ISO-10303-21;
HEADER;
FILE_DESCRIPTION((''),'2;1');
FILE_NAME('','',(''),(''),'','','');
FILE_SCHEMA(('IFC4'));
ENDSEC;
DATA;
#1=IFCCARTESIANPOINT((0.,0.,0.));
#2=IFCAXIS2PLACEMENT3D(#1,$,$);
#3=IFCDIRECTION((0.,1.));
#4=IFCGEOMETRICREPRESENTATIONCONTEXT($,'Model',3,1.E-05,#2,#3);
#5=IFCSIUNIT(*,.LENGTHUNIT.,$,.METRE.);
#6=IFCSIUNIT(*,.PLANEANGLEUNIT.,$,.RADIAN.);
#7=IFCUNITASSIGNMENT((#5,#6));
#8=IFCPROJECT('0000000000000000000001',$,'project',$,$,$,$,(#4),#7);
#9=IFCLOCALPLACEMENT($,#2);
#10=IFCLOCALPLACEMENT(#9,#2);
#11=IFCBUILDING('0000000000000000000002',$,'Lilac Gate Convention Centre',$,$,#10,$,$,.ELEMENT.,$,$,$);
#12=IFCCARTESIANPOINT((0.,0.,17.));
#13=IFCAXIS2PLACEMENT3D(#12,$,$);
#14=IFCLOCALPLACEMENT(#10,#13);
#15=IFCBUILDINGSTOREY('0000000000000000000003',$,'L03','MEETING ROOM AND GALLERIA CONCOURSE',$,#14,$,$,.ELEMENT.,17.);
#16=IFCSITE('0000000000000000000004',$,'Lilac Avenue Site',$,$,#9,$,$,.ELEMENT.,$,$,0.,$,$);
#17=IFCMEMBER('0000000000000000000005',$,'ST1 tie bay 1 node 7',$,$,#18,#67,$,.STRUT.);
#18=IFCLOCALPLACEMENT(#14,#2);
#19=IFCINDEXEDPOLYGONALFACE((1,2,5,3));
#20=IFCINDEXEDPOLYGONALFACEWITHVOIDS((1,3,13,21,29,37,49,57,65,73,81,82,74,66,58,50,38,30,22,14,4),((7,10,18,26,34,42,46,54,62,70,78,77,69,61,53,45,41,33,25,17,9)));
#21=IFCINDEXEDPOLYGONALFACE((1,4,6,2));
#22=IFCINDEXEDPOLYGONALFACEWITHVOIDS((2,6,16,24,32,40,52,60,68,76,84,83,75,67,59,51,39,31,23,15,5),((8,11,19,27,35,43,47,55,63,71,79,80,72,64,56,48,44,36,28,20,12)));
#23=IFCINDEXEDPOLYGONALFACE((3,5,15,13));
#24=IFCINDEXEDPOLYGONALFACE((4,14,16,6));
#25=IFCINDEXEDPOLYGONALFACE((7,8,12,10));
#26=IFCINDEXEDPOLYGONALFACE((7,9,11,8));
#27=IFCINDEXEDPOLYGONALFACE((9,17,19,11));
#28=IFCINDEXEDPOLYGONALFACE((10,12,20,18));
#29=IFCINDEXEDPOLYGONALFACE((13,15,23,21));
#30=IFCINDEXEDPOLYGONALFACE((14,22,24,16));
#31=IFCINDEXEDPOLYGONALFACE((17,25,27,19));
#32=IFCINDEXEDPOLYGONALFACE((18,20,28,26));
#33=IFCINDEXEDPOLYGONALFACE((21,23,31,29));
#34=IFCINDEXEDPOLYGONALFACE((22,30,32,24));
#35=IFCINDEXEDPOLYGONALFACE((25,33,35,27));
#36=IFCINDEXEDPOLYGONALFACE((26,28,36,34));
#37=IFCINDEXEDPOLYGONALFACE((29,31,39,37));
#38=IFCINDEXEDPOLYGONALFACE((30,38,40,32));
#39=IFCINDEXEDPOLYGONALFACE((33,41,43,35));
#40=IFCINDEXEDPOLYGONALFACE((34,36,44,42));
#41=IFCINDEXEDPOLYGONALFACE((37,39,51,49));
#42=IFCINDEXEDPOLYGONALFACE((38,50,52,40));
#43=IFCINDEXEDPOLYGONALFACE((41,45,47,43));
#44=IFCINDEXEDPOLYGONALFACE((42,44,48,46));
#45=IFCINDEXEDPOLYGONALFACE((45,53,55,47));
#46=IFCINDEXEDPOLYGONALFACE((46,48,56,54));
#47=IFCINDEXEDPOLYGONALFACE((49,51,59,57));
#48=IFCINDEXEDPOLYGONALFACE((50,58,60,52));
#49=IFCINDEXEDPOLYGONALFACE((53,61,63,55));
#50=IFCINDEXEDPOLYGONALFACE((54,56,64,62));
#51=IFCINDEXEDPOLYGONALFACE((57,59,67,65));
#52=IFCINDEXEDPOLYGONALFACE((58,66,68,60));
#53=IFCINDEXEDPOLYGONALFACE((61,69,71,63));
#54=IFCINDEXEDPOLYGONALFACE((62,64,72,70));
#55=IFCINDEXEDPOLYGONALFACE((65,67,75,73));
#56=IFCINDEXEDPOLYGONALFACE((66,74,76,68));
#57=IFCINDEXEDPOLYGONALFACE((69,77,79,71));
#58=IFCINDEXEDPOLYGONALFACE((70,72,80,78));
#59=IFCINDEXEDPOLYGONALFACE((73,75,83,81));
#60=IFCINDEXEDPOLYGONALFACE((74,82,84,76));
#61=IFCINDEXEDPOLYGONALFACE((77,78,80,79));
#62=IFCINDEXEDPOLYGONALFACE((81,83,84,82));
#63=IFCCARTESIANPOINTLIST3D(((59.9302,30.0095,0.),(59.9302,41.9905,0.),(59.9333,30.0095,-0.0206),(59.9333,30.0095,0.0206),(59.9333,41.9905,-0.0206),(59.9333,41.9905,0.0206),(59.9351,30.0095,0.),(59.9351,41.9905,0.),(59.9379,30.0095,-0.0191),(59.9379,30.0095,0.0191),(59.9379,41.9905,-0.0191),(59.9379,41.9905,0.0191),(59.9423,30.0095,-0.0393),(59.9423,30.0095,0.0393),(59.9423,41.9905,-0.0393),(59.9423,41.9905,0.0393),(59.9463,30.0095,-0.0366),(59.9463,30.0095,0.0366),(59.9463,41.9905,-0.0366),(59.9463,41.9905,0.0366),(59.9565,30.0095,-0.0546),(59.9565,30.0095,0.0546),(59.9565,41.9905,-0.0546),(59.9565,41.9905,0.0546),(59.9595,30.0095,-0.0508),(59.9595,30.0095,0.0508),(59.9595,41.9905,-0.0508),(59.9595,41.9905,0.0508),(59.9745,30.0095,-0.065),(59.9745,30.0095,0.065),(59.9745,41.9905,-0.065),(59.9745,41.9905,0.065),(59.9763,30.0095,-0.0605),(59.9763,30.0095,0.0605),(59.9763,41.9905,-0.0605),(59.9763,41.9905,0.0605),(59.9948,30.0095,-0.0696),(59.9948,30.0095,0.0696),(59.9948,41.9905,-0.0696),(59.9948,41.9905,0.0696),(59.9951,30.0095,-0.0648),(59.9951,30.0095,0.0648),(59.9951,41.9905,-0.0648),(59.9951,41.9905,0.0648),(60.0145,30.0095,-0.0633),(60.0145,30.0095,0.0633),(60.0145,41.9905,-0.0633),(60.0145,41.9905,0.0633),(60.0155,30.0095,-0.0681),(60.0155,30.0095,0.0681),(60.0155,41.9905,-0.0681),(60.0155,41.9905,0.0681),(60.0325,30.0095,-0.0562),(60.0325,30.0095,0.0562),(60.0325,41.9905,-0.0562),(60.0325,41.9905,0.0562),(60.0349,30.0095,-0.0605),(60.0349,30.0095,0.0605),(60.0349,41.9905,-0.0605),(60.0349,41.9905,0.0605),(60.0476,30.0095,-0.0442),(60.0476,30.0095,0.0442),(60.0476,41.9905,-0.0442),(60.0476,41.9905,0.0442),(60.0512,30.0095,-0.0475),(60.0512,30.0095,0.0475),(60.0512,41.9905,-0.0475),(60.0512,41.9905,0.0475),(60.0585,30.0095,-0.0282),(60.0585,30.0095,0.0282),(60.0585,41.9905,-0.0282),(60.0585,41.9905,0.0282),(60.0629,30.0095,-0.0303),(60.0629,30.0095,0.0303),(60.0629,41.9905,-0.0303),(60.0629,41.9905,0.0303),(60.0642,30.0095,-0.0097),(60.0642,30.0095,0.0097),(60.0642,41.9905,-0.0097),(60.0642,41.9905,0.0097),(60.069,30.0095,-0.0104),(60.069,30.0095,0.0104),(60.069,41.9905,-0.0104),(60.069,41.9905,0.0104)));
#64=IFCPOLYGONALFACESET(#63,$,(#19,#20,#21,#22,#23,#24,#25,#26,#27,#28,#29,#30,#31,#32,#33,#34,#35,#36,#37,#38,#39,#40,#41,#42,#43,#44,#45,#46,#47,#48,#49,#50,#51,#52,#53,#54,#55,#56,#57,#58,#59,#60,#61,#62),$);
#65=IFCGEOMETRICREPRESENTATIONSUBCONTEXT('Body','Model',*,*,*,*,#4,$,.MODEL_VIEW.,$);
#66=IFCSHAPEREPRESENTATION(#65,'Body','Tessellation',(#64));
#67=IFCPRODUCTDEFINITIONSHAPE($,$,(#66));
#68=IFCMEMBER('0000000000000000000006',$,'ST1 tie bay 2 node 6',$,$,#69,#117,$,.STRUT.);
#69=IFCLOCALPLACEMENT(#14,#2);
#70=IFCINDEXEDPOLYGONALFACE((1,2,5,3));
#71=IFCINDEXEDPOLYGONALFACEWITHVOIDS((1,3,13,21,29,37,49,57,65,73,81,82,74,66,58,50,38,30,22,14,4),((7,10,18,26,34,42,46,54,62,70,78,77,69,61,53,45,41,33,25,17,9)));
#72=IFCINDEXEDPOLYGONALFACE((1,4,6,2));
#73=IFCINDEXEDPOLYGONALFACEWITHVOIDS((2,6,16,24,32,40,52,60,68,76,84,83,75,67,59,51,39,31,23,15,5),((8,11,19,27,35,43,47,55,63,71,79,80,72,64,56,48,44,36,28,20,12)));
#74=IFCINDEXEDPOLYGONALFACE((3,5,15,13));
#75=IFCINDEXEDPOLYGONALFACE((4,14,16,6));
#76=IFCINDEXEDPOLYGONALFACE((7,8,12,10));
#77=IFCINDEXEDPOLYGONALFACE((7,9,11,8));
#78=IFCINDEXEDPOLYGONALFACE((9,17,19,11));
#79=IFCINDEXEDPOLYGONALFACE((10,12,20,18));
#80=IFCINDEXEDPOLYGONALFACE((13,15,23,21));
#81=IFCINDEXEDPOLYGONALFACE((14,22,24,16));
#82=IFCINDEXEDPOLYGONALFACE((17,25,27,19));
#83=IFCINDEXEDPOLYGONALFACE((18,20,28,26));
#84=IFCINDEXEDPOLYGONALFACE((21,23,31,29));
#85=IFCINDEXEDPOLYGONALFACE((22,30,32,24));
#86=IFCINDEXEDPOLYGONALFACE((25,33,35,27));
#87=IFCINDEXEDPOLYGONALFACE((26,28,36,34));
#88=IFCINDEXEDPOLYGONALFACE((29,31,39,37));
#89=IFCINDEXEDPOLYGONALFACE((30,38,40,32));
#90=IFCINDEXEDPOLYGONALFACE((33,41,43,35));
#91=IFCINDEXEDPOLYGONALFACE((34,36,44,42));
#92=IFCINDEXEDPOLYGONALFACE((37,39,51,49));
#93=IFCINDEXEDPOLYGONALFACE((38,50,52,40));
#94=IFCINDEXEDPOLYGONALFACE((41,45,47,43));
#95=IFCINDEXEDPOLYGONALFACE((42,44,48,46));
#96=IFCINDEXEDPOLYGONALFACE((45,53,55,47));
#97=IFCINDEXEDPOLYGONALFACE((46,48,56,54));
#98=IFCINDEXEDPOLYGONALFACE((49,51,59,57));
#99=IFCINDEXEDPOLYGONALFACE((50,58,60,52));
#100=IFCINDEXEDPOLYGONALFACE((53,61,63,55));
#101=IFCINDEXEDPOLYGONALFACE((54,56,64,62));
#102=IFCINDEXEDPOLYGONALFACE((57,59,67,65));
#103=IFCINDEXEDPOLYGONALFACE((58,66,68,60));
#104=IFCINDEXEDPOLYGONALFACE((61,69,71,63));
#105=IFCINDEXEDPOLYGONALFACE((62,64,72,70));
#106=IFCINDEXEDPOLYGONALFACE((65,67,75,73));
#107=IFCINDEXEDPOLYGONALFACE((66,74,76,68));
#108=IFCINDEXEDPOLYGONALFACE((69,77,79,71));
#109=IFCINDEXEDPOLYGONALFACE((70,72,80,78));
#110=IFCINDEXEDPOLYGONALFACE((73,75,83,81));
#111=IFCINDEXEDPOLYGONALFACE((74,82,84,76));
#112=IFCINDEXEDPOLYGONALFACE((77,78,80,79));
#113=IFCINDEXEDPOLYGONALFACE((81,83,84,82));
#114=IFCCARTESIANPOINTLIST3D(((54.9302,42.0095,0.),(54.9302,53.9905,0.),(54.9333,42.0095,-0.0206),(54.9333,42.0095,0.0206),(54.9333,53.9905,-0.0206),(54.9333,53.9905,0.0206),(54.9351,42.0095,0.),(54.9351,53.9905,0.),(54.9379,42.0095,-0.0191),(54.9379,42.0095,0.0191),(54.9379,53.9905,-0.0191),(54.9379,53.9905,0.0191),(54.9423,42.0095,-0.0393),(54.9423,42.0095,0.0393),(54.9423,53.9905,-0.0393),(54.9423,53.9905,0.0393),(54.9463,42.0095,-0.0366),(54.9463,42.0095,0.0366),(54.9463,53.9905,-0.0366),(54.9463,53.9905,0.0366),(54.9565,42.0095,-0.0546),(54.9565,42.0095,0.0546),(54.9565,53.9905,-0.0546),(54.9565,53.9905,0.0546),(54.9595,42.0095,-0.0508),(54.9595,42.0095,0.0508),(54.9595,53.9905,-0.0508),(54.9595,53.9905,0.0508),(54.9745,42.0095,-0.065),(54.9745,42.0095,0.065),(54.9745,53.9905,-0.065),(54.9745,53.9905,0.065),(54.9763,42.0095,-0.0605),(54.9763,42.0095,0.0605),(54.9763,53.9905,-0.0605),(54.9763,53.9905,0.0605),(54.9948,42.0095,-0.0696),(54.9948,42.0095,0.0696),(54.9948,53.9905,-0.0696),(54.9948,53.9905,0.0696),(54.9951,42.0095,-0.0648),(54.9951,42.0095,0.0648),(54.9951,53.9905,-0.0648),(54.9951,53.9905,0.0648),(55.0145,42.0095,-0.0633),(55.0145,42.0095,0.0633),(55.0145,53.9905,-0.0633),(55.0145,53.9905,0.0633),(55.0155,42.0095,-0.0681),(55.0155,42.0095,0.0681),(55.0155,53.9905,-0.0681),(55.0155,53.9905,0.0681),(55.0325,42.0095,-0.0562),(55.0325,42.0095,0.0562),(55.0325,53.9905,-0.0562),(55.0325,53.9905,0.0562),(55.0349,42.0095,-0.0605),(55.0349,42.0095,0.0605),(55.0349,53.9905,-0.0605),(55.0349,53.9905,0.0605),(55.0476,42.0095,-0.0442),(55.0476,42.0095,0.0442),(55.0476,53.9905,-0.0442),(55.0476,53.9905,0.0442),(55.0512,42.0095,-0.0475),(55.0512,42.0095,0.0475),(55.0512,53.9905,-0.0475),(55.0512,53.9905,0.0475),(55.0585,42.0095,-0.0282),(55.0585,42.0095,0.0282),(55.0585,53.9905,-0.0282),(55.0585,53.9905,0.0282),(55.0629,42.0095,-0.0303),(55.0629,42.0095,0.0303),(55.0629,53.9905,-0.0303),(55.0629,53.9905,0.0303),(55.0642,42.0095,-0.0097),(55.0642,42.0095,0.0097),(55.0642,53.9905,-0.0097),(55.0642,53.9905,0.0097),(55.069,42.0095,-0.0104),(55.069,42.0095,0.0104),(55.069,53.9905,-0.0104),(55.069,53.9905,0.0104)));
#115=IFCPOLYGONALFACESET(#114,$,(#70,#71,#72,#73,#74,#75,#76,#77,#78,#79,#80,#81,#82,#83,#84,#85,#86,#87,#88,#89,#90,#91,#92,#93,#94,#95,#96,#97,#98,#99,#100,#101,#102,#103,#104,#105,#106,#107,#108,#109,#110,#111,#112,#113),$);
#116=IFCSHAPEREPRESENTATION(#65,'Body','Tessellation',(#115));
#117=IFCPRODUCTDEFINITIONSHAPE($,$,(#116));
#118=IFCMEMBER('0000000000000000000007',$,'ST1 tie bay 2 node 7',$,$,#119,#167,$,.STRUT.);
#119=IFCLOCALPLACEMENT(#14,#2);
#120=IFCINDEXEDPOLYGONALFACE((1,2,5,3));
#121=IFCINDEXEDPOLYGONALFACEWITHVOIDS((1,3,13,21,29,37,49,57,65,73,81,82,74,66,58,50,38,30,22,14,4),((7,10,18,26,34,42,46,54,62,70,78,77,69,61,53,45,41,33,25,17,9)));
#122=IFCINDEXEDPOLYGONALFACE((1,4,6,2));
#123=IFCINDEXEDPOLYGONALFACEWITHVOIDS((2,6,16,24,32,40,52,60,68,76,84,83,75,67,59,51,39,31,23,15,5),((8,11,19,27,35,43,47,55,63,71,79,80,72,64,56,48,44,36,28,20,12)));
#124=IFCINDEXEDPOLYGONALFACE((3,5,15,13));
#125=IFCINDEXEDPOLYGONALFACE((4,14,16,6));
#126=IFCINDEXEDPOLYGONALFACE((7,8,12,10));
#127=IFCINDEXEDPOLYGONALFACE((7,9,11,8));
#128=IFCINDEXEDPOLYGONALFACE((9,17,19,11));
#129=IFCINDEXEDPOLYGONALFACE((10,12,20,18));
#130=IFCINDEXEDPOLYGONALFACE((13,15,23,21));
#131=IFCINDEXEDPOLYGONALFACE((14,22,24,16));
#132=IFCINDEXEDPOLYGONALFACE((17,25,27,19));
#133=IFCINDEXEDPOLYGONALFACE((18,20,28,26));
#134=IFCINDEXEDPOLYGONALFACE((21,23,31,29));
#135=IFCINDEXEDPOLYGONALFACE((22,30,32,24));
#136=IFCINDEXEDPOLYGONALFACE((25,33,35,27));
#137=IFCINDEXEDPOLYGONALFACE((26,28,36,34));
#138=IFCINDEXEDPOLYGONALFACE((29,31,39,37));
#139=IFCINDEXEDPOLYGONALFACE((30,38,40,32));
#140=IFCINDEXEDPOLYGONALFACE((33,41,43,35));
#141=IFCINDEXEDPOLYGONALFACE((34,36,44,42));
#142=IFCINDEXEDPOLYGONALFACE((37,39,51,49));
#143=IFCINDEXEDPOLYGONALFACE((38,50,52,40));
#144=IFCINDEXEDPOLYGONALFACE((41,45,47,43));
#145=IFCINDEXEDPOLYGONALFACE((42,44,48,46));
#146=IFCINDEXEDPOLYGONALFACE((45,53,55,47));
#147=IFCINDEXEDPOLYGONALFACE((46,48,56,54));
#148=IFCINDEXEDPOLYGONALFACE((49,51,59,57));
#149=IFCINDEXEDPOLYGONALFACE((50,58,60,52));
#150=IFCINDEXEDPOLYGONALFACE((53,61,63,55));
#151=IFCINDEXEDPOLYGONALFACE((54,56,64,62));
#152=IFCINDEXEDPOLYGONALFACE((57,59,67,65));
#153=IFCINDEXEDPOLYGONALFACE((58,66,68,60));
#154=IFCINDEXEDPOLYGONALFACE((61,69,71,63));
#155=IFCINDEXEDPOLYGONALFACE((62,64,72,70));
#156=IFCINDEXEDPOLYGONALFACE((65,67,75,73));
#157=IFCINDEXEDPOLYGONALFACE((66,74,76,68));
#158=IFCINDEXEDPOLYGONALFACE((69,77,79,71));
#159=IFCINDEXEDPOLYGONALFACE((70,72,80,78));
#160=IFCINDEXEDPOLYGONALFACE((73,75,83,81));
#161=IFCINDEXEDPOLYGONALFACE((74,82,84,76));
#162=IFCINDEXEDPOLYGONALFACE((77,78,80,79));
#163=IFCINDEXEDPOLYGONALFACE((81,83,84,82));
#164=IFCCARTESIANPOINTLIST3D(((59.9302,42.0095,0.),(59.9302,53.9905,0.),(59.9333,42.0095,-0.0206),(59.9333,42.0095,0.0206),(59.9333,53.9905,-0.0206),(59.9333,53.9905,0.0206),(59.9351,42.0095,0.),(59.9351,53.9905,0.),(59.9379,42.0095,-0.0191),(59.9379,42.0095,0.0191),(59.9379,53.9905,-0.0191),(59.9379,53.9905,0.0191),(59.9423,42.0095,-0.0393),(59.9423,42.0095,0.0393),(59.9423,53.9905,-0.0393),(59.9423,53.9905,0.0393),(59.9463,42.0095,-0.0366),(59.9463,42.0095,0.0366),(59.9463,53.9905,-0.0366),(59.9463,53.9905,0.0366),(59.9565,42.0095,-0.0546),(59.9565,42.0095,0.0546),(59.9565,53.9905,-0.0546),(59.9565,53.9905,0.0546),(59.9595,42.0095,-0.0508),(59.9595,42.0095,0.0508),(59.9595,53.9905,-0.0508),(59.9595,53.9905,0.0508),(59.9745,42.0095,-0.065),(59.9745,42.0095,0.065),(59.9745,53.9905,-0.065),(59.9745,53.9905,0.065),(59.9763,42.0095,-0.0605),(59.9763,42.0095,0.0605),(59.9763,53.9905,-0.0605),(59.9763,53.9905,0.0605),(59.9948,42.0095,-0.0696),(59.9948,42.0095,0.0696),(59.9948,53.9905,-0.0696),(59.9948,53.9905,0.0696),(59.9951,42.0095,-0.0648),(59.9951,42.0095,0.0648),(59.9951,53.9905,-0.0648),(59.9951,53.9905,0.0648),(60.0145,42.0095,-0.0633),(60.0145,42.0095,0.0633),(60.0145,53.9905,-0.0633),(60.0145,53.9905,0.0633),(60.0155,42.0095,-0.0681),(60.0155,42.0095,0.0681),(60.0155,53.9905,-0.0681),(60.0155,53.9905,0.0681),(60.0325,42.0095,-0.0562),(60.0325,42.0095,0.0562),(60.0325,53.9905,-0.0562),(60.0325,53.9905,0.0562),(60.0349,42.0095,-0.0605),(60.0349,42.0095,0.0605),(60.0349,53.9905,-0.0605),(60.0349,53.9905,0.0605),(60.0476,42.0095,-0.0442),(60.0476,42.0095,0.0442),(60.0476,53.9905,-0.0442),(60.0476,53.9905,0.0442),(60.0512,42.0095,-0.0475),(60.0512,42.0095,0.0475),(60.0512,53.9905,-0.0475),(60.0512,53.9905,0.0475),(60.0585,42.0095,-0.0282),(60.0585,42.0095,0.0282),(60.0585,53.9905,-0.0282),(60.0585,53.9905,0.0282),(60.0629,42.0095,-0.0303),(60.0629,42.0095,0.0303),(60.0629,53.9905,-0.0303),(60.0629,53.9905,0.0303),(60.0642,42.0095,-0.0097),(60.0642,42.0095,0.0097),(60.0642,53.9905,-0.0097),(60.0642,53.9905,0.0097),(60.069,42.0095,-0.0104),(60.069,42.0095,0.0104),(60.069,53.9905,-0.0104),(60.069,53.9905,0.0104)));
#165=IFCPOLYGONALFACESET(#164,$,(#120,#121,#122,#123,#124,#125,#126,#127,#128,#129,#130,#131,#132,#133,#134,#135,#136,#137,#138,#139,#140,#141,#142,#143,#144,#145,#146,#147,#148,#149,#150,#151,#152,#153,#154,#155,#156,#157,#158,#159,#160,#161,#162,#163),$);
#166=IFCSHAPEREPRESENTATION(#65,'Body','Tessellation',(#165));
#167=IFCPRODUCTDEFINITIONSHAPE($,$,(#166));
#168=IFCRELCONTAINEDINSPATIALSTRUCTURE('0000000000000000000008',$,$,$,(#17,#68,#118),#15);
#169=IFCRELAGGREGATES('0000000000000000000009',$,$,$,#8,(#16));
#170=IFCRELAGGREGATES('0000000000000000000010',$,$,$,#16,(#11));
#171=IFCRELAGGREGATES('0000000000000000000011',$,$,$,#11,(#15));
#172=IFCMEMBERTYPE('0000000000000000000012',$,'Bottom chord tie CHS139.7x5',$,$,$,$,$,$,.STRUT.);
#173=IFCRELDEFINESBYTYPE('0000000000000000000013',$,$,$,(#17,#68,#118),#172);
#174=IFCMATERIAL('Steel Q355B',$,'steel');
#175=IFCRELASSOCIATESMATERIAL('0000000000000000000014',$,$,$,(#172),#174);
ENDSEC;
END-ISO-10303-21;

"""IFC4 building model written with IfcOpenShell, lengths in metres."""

from ifc_helpers import new_model, si_unit, direction, frame, origin, origin_2d, place, context, subcontext, project, spatial, hollow_circle, extrude, material, material_profile, profile_set, type_object, element, save


model = new_model("IFC4")

# Units and contexts
model_context = context("Model", 3, precision=1e-05, world=origin(), true_north=direction((0.0, 1.0)))
body_context = subcontext(model_context, "Body", "Model", "MODEL_VIEW")
ifc_project = project(units=[si_unit("LENGTHUNIT", "METRE"), si_unit("PLANEANGLEUNIT", "RADIAN")], contexts=[model_context])

# Site, building, storey
site_placement = place(None, origin())
site = spatial("IfcSite", under=ifc_project, at=site_placement, Name="Lilac Avenue Site", CompositionType="ELEMENT", RefElevation=0.0)
building_placement = place(site_placement, origin())
building = spatial("IfcBuilding", under=site, at=building_placement, Name="Lilac Gate Convention Centre", CompositionType="ELEMENT")
storey_placement = place(building_placement, frame((0.0, 0.0, 17.0)))
storey = spatial("IfcBuildingStorey", under=building, at=storey_placement, Name="L03", Description="MEETING ROOM AND GALLERIA CONCOURSE", CompositionType="ELEMENT", Elevation=17.0)

# Members
ifc_material = material(Name="Steel Q355B", Category="steel")
ifc_material_profile_1 = material_profile(ifc_material, hollow_circle(Radius=0.0698, WallThickness=0.0049, at=origin_2d()), Name="CHS139.7x5")
ifc_profile_set_1 = profile_set([ifc_material_profile_1], Name="Steel Q355B")
member_type_1 = type_object("IfcMemberType", Name="Bottom chord tie CHS139.7x5", PredefinedType="STRUT", material=ifc_profile_set_1)
for number, where, z_axis, x_axis, name in (
    (1, (60.0, 30.0095, 0.0), (0.0, 1.0, 0.0), (-1.0, 0.0, 0.0), "ST1 tie bay 1 node 7"),
    (2, (55.0, 42.0095, 0.0), (0.0, 1.0, 0.0), (-1.0, 0.0, 0.0), "ST1 tie bay 2 node 6"),
    (3, (60.0, 42.0095, 0.0), (0.0, 1.0, 0.0), (-1.0, 0.0, 0.0), "ST1 tie bay 2 node 7"),
):
    element("IfcMember", number, at=place(storey_placement, frame(where, z_axis=z_axis, x_axis=x_axis)), inside=storey, type_object=member_type_1, Name=name, PredefinedType="STRUT", context=body_context, shape_type="SweptSolid", body=[
        extrude(hollow_circle(Radius=0.0698, WallThickness=0.0049, at=origin_2d()), origin(), (0.0, 0.0, 1.0), 11.981),
    ])

save(model, "model.ifc")
